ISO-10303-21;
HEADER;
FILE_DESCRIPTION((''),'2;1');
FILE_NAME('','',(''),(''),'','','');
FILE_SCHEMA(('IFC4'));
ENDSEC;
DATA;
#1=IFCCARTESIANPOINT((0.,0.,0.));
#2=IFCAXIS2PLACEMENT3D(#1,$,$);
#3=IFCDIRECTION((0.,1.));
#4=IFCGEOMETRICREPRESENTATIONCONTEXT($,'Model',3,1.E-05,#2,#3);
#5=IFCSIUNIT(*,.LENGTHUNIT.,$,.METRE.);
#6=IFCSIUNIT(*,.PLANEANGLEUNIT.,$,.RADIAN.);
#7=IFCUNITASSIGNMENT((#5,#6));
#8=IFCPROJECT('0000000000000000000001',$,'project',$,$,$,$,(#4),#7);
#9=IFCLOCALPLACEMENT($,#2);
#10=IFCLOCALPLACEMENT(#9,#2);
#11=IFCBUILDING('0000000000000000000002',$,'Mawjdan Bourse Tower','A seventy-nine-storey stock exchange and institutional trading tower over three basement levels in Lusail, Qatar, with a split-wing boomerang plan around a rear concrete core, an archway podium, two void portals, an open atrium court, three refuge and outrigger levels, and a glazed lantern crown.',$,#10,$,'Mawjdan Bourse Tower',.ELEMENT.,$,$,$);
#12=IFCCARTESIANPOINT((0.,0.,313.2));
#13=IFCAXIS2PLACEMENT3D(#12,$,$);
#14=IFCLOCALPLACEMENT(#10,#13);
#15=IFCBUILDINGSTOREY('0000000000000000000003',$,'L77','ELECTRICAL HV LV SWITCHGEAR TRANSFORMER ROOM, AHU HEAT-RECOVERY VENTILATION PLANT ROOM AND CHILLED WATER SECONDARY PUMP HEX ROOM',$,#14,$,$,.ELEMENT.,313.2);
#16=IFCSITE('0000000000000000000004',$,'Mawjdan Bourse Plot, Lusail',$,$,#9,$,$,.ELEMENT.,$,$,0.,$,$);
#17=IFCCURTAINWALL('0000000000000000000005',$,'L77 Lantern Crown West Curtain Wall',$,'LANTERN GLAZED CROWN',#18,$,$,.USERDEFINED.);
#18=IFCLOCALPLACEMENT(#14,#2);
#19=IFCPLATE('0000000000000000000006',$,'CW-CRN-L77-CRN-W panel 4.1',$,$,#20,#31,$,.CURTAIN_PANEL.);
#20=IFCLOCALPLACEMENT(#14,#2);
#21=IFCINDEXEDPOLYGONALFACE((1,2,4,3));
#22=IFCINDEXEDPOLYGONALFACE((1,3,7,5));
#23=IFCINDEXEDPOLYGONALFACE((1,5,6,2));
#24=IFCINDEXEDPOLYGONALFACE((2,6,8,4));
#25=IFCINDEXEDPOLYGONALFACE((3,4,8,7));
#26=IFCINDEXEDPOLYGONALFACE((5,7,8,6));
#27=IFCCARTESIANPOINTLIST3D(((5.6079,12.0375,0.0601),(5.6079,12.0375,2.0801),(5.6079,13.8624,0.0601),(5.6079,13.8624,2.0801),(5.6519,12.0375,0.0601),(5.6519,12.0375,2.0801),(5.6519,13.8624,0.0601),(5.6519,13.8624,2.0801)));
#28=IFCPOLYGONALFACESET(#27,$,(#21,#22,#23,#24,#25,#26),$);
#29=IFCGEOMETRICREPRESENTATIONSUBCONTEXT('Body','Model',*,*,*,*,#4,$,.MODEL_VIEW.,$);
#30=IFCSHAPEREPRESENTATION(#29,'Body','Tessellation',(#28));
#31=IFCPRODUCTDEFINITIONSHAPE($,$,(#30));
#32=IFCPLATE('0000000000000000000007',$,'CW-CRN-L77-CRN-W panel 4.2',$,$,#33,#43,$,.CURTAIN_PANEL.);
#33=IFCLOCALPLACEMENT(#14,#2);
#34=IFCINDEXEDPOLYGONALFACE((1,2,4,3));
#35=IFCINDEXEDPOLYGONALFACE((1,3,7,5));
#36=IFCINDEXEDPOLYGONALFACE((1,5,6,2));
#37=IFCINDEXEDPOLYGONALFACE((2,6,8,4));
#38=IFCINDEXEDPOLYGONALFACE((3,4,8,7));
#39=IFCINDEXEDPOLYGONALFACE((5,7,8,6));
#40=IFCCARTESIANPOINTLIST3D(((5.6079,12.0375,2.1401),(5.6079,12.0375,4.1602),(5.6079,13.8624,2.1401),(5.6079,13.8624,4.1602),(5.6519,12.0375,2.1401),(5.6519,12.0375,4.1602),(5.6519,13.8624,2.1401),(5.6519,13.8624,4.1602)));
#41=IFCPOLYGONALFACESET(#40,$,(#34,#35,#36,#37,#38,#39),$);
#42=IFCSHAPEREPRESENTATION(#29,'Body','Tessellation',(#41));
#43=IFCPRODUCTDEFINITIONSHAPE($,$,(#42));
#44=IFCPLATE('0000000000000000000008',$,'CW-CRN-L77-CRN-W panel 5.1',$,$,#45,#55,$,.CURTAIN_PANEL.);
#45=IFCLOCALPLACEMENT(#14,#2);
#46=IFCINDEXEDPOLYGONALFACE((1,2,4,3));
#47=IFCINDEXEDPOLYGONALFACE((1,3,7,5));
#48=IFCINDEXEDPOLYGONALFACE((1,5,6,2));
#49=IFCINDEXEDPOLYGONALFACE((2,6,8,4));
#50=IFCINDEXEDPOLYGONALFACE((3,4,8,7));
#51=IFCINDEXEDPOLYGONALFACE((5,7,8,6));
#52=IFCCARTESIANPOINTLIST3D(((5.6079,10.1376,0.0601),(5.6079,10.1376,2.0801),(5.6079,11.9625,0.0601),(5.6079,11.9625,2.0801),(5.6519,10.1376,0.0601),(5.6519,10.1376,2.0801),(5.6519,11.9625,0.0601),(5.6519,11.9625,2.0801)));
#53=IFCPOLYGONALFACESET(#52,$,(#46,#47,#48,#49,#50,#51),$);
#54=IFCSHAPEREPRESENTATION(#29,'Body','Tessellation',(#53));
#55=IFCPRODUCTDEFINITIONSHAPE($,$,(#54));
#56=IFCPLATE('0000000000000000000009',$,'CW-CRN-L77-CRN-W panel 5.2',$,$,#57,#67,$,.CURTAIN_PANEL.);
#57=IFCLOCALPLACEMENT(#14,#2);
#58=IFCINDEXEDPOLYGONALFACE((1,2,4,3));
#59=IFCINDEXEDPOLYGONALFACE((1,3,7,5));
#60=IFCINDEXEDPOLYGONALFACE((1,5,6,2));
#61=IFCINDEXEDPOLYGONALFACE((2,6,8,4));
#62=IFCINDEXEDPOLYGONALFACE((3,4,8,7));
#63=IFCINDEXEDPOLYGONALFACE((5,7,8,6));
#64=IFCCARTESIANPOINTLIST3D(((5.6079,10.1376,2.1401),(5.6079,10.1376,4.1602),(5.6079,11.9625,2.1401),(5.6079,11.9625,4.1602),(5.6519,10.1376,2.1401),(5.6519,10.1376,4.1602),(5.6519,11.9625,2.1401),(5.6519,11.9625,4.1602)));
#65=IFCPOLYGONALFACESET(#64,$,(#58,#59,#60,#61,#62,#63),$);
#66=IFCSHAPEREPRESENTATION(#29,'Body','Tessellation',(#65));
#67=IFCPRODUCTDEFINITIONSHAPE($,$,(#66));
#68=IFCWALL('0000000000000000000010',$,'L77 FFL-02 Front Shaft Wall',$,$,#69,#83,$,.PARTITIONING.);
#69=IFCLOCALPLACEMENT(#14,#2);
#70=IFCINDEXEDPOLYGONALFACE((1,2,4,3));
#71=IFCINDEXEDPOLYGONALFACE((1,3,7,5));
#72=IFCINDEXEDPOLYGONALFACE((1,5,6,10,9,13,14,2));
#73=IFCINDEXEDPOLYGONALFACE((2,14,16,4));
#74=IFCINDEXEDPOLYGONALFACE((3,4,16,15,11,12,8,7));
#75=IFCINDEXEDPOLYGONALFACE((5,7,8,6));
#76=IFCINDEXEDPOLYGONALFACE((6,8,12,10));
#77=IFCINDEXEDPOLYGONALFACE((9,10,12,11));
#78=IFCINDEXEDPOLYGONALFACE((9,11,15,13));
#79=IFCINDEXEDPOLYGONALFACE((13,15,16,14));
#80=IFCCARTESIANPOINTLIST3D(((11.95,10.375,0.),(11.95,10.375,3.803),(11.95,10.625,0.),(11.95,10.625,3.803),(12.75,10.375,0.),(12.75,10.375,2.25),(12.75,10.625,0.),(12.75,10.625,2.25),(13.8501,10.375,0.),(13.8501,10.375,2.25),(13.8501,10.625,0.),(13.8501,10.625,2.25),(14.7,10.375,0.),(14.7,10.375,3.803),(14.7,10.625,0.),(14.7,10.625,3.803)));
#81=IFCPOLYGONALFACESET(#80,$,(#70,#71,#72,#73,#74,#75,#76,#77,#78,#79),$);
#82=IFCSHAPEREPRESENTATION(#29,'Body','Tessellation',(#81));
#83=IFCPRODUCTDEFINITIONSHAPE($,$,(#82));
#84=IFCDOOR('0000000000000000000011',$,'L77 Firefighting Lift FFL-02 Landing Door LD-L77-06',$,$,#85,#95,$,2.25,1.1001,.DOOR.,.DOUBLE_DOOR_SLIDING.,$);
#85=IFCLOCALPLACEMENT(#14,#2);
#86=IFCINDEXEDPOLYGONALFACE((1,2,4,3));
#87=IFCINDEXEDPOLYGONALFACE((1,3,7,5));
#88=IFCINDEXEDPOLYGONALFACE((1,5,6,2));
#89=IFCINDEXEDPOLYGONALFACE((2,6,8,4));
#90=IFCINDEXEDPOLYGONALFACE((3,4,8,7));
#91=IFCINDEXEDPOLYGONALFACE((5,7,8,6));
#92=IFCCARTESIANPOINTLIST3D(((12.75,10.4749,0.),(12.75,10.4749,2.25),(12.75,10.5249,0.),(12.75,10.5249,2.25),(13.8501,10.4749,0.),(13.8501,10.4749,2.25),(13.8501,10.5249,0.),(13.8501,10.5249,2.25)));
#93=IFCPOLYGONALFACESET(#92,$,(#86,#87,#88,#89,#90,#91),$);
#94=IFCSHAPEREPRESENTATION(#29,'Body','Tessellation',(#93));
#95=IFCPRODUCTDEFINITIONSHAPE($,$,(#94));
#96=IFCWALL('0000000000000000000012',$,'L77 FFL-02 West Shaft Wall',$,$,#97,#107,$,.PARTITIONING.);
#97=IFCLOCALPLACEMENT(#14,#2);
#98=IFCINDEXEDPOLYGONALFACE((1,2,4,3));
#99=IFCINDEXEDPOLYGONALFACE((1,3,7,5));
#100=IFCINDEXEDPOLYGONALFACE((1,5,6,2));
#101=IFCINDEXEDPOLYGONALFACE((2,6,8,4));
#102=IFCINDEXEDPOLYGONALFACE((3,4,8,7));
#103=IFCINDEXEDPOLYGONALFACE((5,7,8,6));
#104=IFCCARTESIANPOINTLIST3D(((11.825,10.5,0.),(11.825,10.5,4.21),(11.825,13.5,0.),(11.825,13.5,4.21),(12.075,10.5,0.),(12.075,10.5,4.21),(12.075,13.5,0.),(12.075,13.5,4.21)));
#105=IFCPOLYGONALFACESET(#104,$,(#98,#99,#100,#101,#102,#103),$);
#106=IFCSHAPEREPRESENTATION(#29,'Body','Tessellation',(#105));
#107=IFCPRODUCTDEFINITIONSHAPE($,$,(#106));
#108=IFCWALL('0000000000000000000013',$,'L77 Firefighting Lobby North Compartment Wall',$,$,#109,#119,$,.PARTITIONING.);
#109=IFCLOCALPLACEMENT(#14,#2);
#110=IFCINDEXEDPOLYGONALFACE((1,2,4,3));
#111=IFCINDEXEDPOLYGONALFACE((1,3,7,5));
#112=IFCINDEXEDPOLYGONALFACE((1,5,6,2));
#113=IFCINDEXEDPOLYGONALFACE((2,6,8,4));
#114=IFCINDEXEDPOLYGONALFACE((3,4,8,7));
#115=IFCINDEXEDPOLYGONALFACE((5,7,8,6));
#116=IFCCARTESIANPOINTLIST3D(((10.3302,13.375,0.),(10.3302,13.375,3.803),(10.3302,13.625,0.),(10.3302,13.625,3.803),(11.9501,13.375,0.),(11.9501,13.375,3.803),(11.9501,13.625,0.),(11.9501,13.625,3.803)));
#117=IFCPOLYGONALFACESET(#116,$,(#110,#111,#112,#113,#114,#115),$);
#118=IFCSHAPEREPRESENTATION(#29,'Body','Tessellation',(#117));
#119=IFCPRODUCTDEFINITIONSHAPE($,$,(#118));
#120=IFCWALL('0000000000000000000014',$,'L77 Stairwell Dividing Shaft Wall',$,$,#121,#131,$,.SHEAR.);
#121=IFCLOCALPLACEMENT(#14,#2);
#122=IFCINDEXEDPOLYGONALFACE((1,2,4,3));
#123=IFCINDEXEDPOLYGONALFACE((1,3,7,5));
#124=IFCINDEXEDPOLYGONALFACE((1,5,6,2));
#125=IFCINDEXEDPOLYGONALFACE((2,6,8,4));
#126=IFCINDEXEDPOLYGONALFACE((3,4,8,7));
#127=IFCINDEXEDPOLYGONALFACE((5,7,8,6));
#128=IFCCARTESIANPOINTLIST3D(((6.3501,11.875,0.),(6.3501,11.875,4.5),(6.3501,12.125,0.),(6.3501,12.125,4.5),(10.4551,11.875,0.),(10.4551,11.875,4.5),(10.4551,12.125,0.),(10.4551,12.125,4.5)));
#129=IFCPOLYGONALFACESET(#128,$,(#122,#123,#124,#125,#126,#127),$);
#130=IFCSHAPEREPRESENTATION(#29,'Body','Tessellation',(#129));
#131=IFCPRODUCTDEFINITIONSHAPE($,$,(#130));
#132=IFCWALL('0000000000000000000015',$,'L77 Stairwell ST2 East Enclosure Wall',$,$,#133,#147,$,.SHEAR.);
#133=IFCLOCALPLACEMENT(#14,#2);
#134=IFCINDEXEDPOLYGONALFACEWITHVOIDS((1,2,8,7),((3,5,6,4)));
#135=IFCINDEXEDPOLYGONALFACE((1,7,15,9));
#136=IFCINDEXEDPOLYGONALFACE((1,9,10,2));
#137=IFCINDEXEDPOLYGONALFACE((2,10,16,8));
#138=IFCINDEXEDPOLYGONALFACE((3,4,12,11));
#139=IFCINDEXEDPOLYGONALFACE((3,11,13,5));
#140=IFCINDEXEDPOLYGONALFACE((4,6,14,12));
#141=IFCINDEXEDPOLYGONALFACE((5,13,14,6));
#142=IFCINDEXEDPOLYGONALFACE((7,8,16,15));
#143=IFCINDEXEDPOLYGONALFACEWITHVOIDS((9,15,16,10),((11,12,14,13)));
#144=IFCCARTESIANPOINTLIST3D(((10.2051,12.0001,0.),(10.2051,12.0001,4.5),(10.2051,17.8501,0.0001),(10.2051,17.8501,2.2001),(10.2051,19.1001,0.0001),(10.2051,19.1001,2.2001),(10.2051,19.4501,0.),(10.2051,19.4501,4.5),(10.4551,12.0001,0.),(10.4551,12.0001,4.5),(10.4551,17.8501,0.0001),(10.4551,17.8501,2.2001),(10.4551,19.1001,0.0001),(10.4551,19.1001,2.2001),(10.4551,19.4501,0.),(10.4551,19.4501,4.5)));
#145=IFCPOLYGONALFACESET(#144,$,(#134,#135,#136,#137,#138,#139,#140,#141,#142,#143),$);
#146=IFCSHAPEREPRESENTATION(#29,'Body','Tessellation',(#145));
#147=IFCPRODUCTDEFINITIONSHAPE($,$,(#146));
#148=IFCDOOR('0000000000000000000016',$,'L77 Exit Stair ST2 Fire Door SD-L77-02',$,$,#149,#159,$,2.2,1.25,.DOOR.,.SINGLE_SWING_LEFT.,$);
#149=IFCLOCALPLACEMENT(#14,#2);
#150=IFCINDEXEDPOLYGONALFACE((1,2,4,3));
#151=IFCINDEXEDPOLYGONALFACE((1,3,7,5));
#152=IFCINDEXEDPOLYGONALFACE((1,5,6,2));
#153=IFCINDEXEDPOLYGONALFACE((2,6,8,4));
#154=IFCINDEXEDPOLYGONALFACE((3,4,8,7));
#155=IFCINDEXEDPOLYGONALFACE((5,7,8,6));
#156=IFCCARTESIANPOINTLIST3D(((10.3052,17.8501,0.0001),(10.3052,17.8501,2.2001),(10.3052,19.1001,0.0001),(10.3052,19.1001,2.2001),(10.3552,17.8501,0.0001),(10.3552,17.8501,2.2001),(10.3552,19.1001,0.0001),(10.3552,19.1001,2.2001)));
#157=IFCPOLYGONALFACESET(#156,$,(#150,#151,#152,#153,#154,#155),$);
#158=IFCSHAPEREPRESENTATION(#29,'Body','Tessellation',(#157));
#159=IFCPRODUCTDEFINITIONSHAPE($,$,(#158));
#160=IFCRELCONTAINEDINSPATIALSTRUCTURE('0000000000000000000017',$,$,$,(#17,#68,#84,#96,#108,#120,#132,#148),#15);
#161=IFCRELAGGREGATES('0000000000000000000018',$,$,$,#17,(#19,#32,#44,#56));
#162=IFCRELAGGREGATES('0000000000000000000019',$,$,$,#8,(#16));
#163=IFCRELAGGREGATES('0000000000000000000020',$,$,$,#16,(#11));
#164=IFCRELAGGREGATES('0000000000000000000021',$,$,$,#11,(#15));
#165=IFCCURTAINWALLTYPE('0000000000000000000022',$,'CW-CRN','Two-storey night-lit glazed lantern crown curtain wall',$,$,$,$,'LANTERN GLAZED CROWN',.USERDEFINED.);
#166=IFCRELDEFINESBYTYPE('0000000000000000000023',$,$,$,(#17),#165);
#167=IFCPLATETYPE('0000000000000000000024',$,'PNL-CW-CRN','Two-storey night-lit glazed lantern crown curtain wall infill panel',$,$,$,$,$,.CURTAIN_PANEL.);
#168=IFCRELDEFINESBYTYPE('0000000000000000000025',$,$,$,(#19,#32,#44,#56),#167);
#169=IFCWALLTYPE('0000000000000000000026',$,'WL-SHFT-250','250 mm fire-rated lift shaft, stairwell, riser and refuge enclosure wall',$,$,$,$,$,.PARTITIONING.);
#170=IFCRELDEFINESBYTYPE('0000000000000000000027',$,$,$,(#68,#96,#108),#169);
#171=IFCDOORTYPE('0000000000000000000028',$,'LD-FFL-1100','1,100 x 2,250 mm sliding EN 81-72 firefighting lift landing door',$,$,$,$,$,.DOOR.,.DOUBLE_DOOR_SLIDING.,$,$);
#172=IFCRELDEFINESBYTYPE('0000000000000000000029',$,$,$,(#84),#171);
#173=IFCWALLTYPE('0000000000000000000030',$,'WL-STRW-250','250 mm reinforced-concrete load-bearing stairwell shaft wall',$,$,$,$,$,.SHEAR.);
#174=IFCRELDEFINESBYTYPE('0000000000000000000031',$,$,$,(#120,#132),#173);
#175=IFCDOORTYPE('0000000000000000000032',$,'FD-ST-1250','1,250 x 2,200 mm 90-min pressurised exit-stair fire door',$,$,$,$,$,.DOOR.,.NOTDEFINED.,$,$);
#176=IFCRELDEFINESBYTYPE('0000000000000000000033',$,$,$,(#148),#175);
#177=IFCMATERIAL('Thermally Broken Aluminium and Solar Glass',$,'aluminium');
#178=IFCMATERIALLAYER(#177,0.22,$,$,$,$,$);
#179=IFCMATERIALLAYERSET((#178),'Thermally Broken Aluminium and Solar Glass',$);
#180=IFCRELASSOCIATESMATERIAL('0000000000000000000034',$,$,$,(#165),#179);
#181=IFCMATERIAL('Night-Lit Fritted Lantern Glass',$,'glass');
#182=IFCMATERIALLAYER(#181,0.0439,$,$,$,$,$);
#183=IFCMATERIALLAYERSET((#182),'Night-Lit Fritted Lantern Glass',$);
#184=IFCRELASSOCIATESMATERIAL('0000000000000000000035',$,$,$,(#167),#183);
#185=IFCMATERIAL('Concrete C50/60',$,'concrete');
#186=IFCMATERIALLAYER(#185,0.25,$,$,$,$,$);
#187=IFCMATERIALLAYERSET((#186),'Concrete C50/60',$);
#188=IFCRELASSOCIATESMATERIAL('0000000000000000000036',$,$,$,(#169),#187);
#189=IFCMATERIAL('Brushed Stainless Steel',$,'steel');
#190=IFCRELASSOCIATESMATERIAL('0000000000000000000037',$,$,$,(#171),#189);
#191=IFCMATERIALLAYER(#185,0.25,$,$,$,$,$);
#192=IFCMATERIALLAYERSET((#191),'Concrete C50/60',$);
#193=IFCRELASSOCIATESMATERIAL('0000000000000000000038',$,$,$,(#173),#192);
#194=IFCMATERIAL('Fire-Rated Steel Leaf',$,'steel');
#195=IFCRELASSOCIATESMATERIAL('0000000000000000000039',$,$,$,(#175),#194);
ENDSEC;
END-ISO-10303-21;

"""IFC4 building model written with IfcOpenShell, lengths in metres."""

from ifc_helpers import new_model, si_unit, direction, frame, frame_2d, origin, origin_2d, place, context, subcontext, project, spatial, rectangle, extrude, material, layer, layer_set, type_object, element, fill, aggregate, save


model = new_model("IFC4")

# Units and contexts
model_context = context("Model", 3, precision=1e-05, world=origin(), true_north=direction((0.0, 1.0)))
body_context = subcontext(model_context, "Body", "Model", "MODEL_VIEW")
ifc_project = project(units=[si_unit("LENGTHUNIT", "METRE"), si_unit("PLANEANGLEUNIT", "RADIAN")], contexts=[model_context])

# Site, building, storey
site_placement = place(None, origin())
site = spatial("IfcSite", under=ifc_project, at=site_placement, Name="Mawjdan Bourse Plot, Lusail", CompositionType="ELEMENT", RefElevation=0.0)
building_placement = place(site_placement, origin())
building = spatial("IfcBuilding", under=site, at=building_placement, Name="Mawjdan Bourse Tower", Description="A seventy-nine-storey stock exchange and institutional trading tower over three basement levels in Lusail, Qatar, with a split-wing boomerang plan around a rear concrete core, an archway podium, two void portals, an open atrium court, three refuge and outrigger levels, and a glazed lantern crown.", LongName="Mawjdan Bourse Tower", CompositionType="ELEMENT")
storey_placement = place(building_placement, frame((0.0, 0.0, 313.2)))
storey = spatial("IfcBuildingStorey", under=building, at=storey_placement, Name="L77", Description="ELECTRICAL HV LV SWITCHGEAR TRANSFORMER ROOM, AHU HEAT-RECOVERY VENTILATION PLANT ROOM AND CHILLED WATER SECONDARY PUMP HEX ROOM", CompositionType="ELEMENT", Elevation=313.2)

# Curtain wall, plates
ifc_material_1 = material(Name="Thermally Broken Aluminium and Solar Glass", Category="aluminium")
ifc_layer_1 = layer(ifc_material_1, 0.22)
ifc_layer_set_1 = layer_set([ifc_layer_1], Name="Thermally Broken Aluminium and Solar Glass")
curtain_wall_type = type_object("IfcCurtainWallType", Name="CW-CRN", Description="Two-storey night-lit glazed lantern crown curtain wall", ElementType="LANTERN GLAZED CROWN", PredefinedType="USERDEFINED", material=ifc_layer_set_1)
curtain_wall_placement = place(storey_placement, origin())
curtain_wall = element("IfcCurtainWall", 1, at=curtain_wall_placement, inside=storey, type_object=curtain_wall_type, Name="L77 Lantern Crown West Curtain Wall", ObjectType="LANTERN GLAZED CROWN", PredefinedType="USERDEFINED")
ifc_material_2 = material(Name="Night-Lit Fritted Lantern Glass", Category="glass")
ifc_layer_2 = layer(ifc_material_2, 0.0439)
ifc_layer_set_2 = layer_set([ifc_layer_2], Name="Night-Lit Fritted Lantern Glass")
plate_type = type_object("IfcPlateType", Name="PNL-CW-CRN", Description="Two-storey night-lit glazed lantern crown curtain wall infill panel", PredefinedType="CURTAIN_PANEL", material=ifc_layer_set_2)
plate_1_placement = place(storey_placement, frame((5.6299, 12.95, 0.0601), z_axis=(0.0, 0.0, 1.0), x_axis=(0.0, -1.0, 0.0)))
plate_1 = element("IfcPlate", 2, at=plate_1_placement, type_object=plate_type, Name="CW-CRN-L77-CRN-W panel 4.1", PredefinedType="CURTAIN_PANEL", context=body_context, shape_type="SweptSolid", body=[
    extrude(rectangle(XDim=1.825, YDim=0.0439, at=origin_2d()), origin(), (0.0, 0.0, 1.0), 2.02),
])
plate_2_placement = place(storey_placement, frame((5.6299, 12.95, 2.1401), z_axis=(0.0, 0.0, 1.0), x_axis=(0.0, -1.0, 0.0)))
plate_2 = element("IfcPlate", 3, at=plate_2_placement, type_object=plate_type, Name="CW-CRN-L77-CRN-W panel 4.2", PredefinedType="CURTAIN_PANEL", context=body_context, shape_type="SweptSolid", body=[
    extrude(rectangle(XDim=1.825, YDim=0.0439, at=origin_2d()), origin(), (0.0, 0.0, 1.0), 2.02),
])
plate_3_placement = place(storey_placement, frame((5.6299, 11.05, 0.0601), z_axis=(0.0, 0.0, 1.0), x_axis=(0.0, -1.0, 0.0)))
plate_3 = element("IfcPlate", 4, at=plate_3_placement, type_object=plate_type, Name="CW-CRN-L77-CRN-W panel 5.1", PredefinedType="CURTAIN_PANEL", context=body_context, shape_type="SweptSolid", body=[
    extrude(rectangle(XDim=1.825, YDim=0.0439, at=origin_2d()), origin(), (0.0, 0.0, 1.0), 2.02),
])
plate_4_placement = place(storey_placement, frame((5.6299, 11.05, 2.1401), z_axis=(0.0, 0.0, 1.0), x_axis=(0.0, -1.0, 0.0)))
plate_4 = element("IfcPlate", 5, at=plate_4_placement, type_object=plate_type, Name="CW-CRN-L77-CRN-W panel 5.2", PredefinedType="CURTAIN_PANEL", context=body_context, shape_type="SweptSolid", body=[
    extrude(rectangle(XDim=1.825, YDim=0.0439, at=origin_2d()), origin(), (0.0, 0.0, 1.0), 2.02),
])
aggregate(curtain_wall, [plate_1, plate_2, plate_3, plate_4])

# Wall, opening, door
ifc_material_3 = material(Name="Concrete C50/60", Category="concrete")
ifc_layer_3 = layer(ifc_material_3, 0.25)
ifc_layer_set_3 = layer_set([ifc_layer_3], Name="Concrete C50/60")
wall_type_1 = type_object("IfcWallType", Name="WL-SHFT-250", Description="250 mm fire-rated lift shaft, stairwell, riser and refuge enclosure wall", PredefinedType="PARTITIONING", material=ifc_layer_set_3)
wall_1_placement = place(storey_placement, frame((11.95, 10.5, 0.0), z_axis=(0.0, 0.0, 1.0), x_axis=(1.0, 0.0, 0.0)))
wall_1 = element("IfcWall", 6, at=wall_1_placement, inside=storey, type_object=wall_type_1, Name="L77 FFL-02 Front Shaft Wall", PredefinedType="PARTITIONING", context=body_context, shape_type="SweptSolid", body=[
    extrude(rectangle(XDim=2.75, YDim=0.25, at=frame_2d((1.375, 0.0))), origin(), (0.0, 0.0, 1.0), 3.803),
])
opening_1_placement = place(wall_1_placement, frame((0.8, 0.0, 0.0)))
opening_1 = element("IfcOpeningElement", 7, at=opening_1_placement, cuts=wall_1, PredefinedType="OPENING", context=body_context, shape_type="SweptSolid", body=[
    extrude(rectangle(XDim=1.1001, YDim=2.25, at=frame_2d((0.55, 1.125))), frame((0.0, 0.135, 0.0), z_axis=(0.0, -1.0, 0.0), x_axis=(1.0, 0.0, 0.0)), (0.0, 0.0, 1.0), 0.27),
])
ifc_material_4 = material(Name="Brushed Stainless Steel", Category="steel")
door_type_1 = type_object("IfcDoorType", Name="LD-FFL-1100", Description="1,100 x 2,250 mm sliding EN 81-72 firefighting lift landing door", OperationType="DOUBLE_DOOR_SLIDING", PredefinedType="DOOR", material=ifc_material_4)
door_1_placement = place(opening_1_placement, origin())
door_1 = element("IfcDoor", 8, at=door_1_placement, inside=storey, type_object=door_type_1, Name="L77 Firefighting Lift FFL-02 Landing Door LD-L77-06", OperationType="DOUBLE_DOOR_SLIDING", OverallHeight=2.25, OverallWidth=1.1001, PredefinedType="DOOR", context=body_context, shape_type="SweptSolid", body=[
    extrude(rectangle(XDim=1.1001, YDim=2.25, at=frame_2d((0.55, 1.125))), frame((0.0, 0.0249, 0.0), z_axis=(0.0, -1.0, 0.0), x_axis=(1.0, 0.0, 0.0)), (0.0, 0.0, 1.0), 0.05),
])
fill(opening_1, door_1)

# Walls
wall_2_placement = place(storey_placement, frame((11.95, 10.5, 0.0), z_axis=(0.0, 0.0, 1.0), x_axis=(0.0, 1.0, 0.0)))
element("IfcWall", 9, at=wall_2_placement, inside=storey, type_object=wall_type_1, Name="L77 FFL-02 West Shaft Wall", PredefinedType="PARTITIONING", context=body_context, shape_type="SweptSolid", body=[
    extrude(rectangle(XDim=3.0, YDim=0.25, at=frame_2d((1.5, 0.0))), origin(), (0.0, 0.0, 1.0), 4.21),
])
wall_3_placement = place(storey_placement, frame((10.3301, 13.5, 0.0), z_axis=(0.0, 0.0, 1.0), x_axis=(1.0, 0.0, 0.0)))
element("IfcWall", 10, at=wall_3_placement, inside=storey, type_object=wall_type_1, Name="L77 Firefighting Lobby North Compartment Wall", PredefinedType="PARTITIONING", context=body_context, shape_type="SweptSolid", body=[
    extrude(rectangle(XDim=1.6199, YDim=0.25, at=frame_2d((0.8101, 0.0))), origin(), (0.0, 0.0, 1.0), 3.803),
])
ifc_layer_4 = layer(ifc_material_3, 0.25)
ifc_layer_set_4 = layer_set([ifc_layer_4], Name="Concrete C50/60")
wall_type_2 = type_object("IfcWallType", Name="WL-STRW-250", Description="250 mm reinforced-concrete load-bearing stairwell shaft wall", PredefinedType="SHEAR", material=ifc_layer_set_4)
wall_4_placement = place(storey_placement, frame((6.3501, 12.0, 0.0), z_axis=(0.0, 0.0, 1.0), x_axis=(1.0, 0.0, 0.0)))
element("IfcWall", 11, at=wall_4_placement, inside=storey, type_object=wall_type_2, Name="L77 Stairwell Dividing Shaft Wall", PredefinedType="SHEAR", context=body_context, shape_type="SweptSolid", body=[
    extrude(rectangle(XDim=4.105, YDim=0.25, at=frame_2d((2.0525, 0.0))), origin(), (0.0, 0.0, 1.0), 4.5),
])

# Wall, opening, door
wall_5_placement = place(storey_placement, frame((10.3301, 12.0, 0.0), z_axis=(0.0, 0.0, 1.0), x_axis=(0.0, 1.0, 0.0)))
wall_5 = element("IfcWall", 12, at=wall_5_placement, inside=storey, type_object=wall_type_2, Name="L77 Stairwell ST2 East Enclosure Wall", PredefinedType="SHEAR", context=body_context, shape_type="SweptSolid", body=[
    extrude(rectangle(XDim=7.45, YDim=0.25, at=frame_2d((3.7251, 0.0))), origin(), (0.0, 0.0, 1.0), 4.5),
])
opening_2_placement = place(wall_5_placement, frame((5.8501, 0.0, 0.0)))
opening_2 = element("IfcOpeningElement", 13, at=opening_2_placement, cuts=wall_5, PredefinedType="OPENING", context=body_context, shape_type="SweptSolid", body=[
    extrude(rectangle(XDim=1.25, YDim=2.2, at=frame_2d((0.625, 1.1001))), frame((0.0, 0.135, 0.0), z_axis=(0.0, -1.0, 0.0), x_axis=(1.0, 0.0, 0.0)), (0.0, 0.0, 1.0), 0.27),
])
ifc_material_5 = material(Name="Fire-Rated Steel Leaf", Category="steel")
door_type_2 = type_object("IfcDoorType", Name="FD-ST-1250", Description="1,250 x 2,200 mm 90-min pressurised exit-stair fire door", OperationType="NOTDEFINED", PredefinedType="DOOR", material=ifc_material_5)
door_2_placement = place(opening_2_placement, origin())
door_2 = element("IfcDoor", 14, at=door_2_placement, inside=storey, type_object=door_type_2, Name="L77 Exit Stair ST2 Fire Door SD-L77-02", OperationType="SINGLE_SWING_LEFT", OverallHeight=2.2, OverallWidth=1.25, PredefinedType="DOOR", context=body_context, shape_type="SweptSolid", body=[
    extrude(rectangle(XDim=1.25, YDim=2.2, at=frame_2d((0.625, 1.1001))), frame((0.0, 0.0249, 0.0), z_axis=(0.0, -1.0, 0.0), x_axis=(1.0, 0.0, 0.0)), (0.0, 0.0, 1.0), 0.05),
])
fill(opening_2, door_2)

save(model, "model.ifc")
